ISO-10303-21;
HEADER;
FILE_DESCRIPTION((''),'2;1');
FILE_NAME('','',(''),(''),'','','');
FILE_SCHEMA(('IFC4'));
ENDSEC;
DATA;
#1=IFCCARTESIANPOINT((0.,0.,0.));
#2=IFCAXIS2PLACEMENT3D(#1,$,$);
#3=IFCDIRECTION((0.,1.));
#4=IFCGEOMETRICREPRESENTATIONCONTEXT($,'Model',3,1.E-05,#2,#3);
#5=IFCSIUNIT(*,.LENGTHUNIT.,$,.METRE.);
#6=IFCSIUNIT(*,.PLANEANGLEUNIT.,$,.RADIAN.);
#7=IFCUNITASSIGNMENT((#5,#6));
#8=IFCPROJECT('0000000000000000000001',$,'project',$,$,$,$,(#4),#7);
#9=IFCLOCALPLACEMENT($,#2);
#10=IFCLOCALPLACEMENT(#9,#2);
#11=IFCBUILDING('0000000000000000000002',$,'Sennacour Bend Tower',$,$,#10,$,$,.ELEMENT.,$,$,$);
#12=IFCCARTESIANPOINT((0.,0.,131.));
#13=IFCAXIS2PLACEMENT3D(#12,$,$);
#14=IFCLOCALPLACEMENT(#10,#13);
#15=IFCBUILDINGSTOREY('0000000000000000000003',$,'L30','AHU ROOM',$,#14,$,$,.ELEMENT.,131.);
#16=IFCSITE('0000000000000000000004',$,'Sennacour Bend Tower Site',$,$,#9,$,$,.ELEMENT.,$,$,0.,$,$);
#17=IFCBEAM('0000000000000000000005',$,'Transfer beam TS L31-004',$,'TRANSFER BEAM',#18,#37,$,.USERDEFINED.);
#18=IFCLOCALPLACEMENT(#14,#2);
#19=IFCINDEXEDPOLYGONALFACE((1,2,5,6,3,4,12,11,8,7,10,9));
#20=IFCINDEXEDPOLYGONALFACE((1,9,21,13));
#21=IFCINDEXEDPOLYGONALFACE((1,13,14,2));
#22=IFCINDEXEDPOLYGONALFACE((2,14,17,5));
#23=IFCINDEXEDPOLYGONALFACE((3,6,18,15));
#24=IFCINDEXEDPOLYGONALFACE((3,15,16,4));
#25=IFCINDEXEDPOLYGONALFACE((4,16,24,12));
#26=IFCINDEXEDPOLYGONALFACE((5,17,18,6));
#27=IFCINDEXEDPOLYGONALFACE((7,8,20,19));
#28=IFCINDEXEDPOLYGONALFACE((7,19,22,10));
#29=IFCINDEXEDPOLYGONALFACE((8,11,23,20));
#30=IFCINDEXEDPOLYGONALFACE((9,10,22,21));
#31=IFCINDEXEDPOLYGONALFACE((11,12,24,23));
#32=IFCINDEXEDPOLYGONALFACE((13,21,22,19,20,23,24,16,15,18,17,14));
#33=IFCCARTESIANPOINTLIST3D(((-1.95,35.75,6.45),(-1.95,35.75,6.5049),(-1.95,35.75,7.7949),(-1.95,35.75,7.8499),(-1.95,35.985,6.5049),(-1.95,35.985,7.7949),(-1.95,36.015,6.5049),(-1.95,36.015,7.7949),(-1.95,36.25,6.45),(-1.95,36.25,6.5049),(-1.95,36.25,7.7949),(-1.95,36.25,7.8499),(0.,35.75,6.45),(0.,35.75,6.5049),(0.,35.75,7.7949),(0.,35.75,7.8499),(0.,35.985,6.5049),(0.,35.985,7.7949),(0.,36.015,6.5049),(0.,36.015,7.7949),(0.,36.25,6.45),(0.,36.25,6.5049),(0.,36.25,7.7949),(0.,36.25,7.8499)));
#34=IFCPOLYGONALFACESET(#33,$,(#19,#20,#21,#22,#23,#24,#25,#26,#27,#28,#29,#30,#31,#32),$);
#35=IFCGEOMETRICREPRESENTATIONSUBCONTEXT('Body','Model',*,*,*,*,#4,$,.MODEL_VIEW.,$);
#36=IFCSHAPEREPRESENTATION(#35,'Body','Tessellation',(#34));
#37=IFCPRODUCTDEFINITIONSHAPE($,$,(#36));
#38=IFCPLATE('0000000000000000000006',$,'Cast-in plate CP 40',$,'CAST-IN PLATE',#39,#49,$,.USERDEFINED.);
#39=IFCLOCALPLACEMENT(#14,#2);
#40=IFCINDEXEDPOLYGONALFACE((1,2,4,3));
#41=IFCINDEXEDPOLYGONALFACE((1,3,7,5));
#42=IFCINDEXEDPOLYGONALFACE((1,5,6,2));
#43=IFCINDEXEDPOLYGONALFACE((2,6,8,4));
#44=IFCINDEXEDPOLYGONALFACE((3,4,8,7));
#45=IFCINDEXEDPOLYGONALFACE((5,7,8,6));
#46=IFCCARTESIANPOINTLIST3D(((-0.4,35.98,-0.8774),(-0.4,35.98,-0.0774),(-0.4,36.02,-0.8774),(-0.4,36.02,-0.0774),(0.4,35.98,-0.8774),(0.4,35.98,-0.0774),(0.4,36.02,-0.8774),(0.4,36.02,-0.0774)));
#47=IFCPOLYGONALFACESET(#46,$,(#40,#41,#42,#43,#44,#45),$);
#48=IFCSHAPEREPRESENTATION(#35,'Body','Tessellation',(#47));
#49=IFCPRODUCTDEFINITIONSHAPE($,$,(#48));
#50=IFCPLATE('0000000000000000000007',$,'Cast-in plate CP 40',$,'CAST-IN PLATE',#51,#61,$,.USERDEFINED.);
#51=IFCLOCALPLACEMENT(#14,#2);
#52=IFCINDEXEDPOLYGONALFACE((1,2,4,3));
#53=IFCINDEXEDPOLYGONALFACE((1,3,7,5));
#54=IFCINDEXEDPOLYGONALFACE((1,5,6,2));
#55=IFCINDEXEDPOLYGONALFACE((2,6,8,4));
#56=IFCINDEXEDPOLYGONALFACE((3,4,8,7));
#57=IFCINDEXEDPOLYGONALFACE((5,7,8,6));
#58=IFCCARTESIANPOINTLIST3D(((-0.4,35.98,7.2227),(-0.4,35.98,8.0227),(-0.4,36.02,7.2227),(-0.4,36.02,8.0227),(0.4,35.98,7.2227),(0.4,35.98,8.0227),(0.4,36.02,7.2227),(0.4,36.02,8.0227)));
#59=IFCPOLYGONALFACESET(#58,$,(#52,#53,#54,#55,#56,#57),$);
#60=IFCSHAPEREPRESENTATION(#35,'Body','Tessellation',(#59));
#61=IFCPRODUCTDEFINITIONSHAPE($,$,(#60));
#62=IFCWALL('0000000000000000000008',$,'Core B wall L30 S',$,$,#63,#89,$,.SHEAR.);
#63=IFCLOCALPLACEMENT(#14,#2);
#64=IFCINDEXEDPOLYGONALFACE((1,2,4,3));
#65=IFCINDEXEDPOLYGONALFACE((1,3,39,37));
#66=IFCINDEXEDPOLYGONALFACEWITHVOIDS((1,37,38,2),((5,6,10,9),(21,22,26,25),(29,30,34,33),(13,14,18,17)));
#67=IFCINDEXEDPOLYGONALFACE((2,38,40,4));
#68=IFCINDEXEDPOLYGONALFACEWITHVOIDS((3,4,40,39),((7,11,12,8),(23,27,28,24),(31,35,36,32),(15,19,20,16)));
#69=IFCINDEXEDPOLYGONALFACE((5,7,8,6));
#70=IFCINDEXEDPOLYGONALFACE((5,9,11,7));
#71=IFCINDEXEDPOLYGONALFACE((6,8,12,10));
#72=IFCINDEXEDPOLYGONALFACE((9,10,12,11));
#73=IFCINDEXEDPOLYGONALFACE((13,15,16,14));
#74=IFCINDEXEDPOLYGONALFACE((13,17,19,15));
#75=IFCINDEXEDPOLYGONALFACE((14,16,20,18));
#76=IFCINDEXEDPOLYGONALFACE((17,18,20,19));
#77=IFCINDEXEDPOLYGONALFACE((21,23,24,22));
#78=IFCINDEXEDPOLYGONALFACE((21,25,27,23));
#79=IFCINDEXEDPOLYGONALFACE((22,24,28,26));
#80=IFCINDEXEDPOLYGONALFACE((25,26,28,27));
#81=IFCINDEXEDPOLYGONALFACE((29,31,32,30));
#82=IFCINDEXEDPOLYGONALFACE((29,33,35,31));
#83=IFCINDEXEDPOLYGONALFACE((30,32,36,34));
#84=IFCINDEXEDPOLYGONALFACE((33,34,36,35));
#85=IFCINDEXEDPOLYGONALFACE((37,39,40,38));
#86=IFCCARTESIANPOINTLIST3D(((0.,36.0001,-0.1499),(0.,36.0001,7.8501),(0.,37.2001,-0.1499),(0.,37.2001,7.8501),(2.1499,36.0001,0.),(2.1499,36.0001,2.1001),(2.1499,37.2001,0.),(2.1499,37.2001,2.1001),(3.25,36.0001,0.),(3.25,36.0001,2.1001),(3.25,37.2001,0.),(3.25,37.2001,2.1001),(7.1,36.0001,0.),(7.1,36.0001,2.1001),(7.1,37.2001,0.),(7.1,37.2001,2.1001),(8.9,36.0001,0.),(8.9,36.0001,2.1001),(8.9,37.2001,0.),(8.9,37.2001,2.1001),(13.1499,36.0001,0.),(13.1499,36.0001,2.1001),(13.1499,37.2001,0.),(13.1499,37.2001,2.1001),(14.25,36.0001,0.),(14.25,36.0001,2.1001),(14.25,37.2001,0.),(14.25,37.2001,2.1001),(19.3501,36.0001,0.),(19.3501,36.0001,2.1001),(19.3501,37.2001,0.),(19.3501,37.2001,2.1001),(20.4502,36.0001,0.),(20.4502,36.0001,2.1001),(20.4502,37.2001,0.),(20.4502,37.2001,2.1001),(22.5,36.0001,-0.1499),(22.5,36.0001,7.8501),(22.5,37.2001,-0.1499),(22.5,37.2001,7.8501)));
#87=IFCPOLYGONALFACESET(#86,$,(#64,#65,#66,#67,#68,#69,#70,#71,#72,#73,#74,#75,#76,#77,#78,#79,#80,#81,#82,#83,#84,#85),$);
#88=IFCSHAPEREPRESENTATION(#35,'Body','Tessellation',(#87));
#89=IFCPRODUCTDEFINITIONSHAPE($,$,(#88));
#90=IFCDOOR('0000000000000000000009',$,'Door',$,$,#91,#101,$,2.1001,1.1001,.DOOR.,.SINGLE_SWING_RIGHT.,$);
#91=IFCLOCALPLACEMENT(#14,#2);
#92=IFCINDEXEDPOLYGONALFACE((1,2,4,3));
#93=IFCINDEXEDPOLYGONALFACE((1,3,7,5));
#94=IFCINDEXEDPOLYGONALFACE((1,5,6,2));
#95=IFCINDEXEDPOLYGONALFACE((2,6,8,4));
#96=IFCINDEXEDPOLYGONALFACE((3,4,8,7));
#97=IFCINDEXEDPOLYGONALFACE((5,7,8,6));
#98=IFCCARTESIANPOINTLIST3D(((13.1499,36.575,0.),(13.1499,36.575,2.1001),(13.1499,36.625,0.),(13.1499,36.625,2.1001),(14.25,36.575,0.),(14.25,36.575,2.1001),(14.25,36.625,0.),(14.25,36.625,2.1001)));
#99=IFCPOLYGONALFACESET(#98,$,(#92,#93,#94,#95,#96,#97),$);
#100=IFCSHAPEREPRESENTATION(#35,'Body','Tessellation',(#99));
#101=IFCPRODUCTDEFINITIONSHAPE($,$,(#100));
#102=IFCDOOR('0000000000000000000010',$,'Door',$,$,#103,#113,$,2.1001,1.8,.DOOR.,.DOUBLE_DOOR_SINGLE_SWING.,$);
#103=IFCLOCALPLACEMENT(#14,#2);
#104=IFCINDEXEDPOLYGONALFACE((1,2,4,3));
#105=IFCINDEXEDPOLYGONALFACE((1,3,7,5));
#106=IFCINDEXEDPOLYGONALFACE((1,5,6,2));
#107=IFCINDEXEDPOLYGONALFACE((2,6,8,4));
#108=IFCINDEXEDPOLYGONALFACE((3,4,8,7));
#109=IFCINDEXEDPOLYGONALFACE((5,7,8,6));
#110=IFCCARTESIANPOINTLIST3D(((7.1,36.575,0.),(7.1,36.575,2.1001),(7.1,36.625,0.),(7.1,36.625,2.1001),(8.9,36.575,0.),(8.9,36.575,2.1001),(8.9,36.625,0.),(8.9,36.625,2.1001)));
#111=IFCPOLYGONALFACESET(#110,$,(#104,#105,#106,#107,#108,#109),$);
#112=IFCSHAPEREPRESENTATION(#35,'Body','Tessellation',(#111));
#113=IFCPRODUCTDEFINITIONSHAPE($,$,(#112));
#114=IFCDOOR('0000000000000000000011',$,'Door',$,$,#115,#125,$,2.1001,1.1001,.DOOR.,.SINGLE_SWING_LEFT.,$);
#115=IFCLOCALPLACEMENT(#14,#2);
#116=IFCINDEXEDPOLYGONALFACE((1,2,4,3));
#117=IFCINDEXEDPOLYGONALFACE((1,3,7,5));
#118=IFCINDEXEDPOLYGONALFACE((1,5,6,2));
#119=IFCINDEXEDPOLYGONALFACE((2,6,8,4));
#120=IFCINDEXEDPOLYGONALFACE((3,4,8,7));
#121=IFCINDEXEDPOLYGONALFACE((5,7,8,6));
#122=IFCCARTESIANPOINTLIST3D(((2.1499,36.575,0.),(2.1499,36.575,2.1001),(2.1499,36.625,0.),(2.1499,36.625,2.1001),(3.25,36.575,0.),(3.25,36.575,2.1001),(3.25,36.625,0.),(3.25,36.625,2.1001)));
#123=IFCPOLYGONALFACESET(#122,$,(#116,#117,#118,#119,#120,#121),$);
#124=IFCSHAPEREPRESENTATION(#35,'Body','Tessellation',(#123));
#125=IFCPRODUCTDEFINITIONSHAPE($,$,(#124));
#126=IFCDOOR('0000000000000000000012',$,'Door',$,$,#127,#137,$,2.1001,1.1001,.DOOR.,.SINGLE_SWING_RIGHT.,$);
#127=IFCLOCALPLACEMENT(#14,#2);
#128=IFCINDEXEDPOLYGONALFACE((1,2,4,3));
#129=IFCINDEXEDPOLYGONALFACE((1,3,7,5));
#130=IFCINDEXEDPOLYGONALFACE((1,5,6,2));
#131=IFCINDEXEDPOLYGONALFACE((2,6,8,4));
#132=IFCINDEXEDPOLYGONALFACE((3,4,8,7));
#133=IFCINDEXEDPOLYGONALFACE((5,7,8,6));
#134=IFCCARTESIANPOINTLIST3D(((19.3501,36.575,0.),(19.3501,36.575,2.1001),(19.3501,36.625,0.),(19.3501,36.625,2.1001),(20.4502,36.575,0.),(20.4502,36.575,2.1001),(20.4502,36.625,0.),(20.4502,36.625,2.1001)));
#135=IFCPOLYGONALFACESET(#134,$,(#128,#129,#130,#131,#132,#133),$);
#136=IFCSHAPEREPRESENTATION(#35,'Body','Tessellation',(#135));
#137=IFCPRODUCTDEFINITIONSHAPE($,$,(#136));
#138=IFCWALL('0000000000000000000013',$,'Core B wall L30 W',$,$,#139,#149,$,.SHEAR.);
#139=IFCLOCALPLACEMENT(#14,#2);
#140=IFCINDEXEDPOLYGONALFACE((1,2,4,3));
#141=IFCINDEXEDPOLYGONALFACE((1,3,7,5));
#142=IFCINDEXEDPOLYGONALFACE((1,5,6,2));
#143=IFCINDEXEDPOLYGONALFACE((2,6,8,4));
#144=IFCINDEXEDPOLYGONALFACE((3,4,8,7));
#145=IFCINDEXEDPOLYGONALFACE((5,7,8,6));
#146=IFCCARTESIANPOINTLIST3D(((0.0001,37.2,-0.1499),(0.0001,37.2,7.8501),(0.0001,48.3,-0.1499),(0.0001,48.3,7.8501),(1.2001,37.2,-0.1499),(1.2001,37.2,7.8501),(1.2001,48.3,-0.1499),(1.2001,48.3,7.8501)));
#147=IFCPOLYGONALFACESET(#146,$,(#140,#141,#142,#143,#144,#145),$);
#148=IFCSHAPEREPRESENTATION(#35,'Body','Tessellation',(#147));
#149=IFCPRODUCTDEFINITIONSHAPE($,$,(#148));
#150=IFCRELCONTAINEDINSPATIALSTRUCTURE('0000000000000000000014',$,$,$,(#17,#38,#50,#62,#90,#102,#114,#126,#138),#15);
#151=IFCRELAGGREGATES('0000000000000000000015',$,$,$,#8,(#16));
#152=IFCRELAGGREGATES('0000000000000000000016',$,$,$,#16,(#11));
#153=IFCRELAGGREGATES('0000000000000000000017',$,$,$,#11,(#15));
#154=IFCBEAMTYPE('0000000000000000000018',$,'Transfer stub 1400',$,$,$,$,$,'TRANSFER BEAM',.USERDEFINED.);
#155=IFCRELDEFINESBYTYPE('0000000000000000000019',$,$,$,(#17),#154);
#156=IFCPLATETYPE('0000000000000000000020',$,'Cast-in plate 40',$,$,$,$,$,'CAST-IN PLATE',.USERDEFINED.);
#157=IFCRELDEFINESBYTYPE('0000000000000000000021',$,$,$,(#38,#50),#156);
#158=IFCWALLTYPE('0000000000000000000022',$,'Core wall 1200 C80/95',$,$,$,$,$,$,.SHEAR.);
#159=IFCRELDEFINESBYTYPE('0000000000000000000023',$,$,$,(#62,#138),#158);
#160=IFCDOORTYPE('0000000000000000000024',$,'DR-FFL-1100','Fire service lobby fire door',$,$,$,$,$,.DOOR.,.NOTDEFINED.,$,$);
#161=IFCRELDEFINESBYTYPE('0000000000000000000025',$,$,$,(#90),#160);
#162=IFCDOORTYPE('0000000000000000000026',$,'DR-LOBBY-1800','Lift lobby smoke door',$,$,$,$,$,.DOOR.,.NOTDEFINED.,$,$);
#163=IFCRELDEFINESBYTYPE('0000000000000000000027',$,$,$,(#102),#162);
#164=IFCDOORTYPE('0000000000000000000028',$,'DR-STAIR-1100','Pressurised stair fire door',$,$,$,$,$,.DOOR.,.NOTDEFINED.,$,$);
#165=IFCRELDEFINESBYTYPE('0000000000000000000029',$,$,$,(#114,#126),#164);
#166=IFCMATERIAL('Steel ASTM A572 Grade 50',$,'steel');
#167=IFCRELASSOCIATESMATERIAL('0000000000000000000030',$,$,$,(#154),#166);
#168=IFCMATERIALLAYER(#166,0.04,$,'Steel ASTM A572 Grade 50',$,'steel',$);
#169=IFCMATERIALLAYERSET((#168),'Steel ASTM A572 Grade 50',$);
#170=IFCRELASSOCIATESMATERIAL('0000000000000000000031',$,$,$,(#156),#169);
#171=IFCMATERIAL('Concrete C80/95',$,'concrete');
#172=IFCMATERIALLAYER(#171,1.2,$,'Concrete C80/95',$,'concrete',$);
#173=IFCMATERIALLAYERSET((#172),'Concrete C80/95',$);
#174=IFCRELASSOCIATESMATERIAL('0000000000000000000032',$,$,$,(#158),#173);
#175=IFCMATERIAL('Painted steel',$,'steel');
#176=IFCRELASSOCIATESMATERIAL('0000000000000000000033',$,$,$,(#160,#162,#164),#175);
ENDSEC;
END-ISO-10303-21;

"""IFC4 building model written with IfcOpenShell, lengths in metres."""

from ifc_helpers import new_model, si_unit, direction, frame, frame_2d, origin, origin_2d, place, context, subcontext, project, spatial, rectangle, i_section, extrude, material, layer, layer_set, material_profile, profile_set, type_object, element, fill, save


model = new_model("IFC4")

# Units and contexts
model_context = context("Model", 3, precision=1e-05, world=origin(), true_north=direction((0.0, 1.0)))
body_context = subcontext(model_context, "Body", "Model", "MODEL_VIEW")
ifc_project = project(units=[si_unit("LENGTHUNIT", "METRE"), si_unit("PLANEANGLEUNIT", "RADIAN")], contexts=[model_context])

# Site, building, storey
site_placement = place(None, origin())
site = spatial("IfcSite", under=ifc_project, at=site_placement, Name="Sennacour Bend Tower Site", CompositionType="ELEMENT", RefElevation=0.0)
building_placement = place(site_placement, origin())
building = spatial("IfcBuilding", under=site, at=building_placement, Name="Sennacour Bend Tower", CompositionType="ELEMENT")
storey_placement = place(building_placement, frame((0.0, 0.0, 131.0)))
storey = spatial("IfcBuildingStorey", under=building, at=storey_placement, Name="L30", Description="AHU ROOM", CompositionType="ELEMENT", Elevation=131.0)

# Beam
ifc_material_1 = material(Name="Steel ASTM A572 Grade 50", Category="steel")
ifc_material_profile = material_profile(ifc_material_1, i_section(OverallWidth=0.5, OverallDepth=1.3999, WebThickness=0.03, FlangeThickness=0.0549, at=origin_2d()), Name="Steel ASTM A572 Grade 50", Category="steel")
ifc_profile_set = profile_set([ifc_material_profile], Name="Steel ASTM A572 Grade 50")
beam_type = type_object("IfcBeamType", Name="Transfer stub 1400", ElementType="TRANSFER BEAM", PredefinedType="USERDEFINED", material=ifc_profile_set)
beam_placement = place(storey_placement, frame((0.0, 36.0, 7.1499), z_axis=(-1.0, 0.0, 0.0), x_axis=(0.0, -1.0, 0.0)))
element("IfcBeam", 1, at=beam_placement, inside=storey, type_object=beam_type, Name="Transfer beam TS L31-004", ObjectType="TRANSFER BEAM", PredefinedType="USERDEFINED", context=body_context, shape_type="SweptSolid", body=[
    extrude(i_section(OverallWidth=0.5, OverallDepth=1.3999, WebThickness=0.03, FlangeThickness=0.0549, at=origin_2d()), origin(), (0.0, 0.0, 1.0), 1.95),
])

# Plates
ifc_layer_1 = layer(ifc_material_1, 0.04, Name="Steel ASTM A572 Grade 50", Category="steel")
ifc_layer_set_1 = layer_set([ifc_layer_1], Name="Steel ASTM A572 Grade 50")
plate_type = type_object("IfcPlateType", Name="Cast-in plate 40", ElementType="CAST-IN PLATE", PredefinedType="USERDEFINED", material=ifc_layer_set_1)
for number, where, z_axis, x_axis, name in (
    (2, (0.0, 36.0, -0.8774), (0.0, 0.0, 1.0), (1.0, 0.0, 0.0), "Cast-in plate CP 40"),
    (3, (0.0, 36.0, 7.2227), (0.0, 0.0, 1.0), (1.0, 0.0, 0.0), "Cast-in plate CP 40"),
):
    element("IfcPlate", number, at=place(storey_placement, frame(where, z_axis=z_axis, x_axis=x_axis)), inside=storey, type_object=plate_type, Name=name, ObjectType="CAST-IN PLATE", PredefinedType="USERDEFINED", context=body_context, shape_type="SweptSolid", body=[
        extrude(rectangle(XDim=0.8, YDim=0.04, at=origin_2d()), origin(), (0.0, 0.0, 1.0), 0.8),
    ])

# Wall, openings, doors
ifc_material_2 = material(Name="Concrete C80/95", Category="concrete")
ifc_layer_2 = layer(ifc_material_2, 1.2, Name="Concrete C80/95", Category="concrete")
ifc_layer_set_2 = layer_set([ifc_layer_2], Name="Concrete C80/95")
wall_type = type_object("IfcWallType", Name="Core wall 1200 C80/95", PredefinedType="SHEAR", material=ifc_layer_set_2)
wall_1_placement = place(storey_placement, frame((0.0, 36.6001, -0.1499), z_axis=(0.0, 0.0, 1.0), x_axis=(1.0, 0.0, 0.0)))
wall_1 = element("IfcWall", 4, at=wall_1_placement, inside=storey, type_object=wall_type, Name="Core B wall L30 S", PredefinedType="SHEAR", context=body_context, shape_type="SweptSolid", body=[
    extrude(rectangle(XDim=22.5, YDim=1.2, at=frame_2d((11.25, 0.0))), origin(), (0.0, 0.0, 1.0), 8.0),
])
opening_1_placement = place(wall_1_placement, frame((7.1001, 0.0, 0.1499)))
opening_1 = element("IfcOpeningElement", 5, at=opening_1_placement, cuts=wall_1, PredefinedType="OPENING", context=body_context, shape_type="SweptSolid", body=[
    extrude(rectangle(XDim=1.8, YDim=2.1001, at=frame_2d((0.8999, 1.05))), frame((0.0, 0.6099, 0.0), z_axis=(0.0, -1.0, 0.0), x_axis=(1.0, 0.0, 0.0)), (0.0, 0.0, 1.0), 1.22),
])
opening_2_placement = place(wall_1_placement, frame((13.1499, 0.0, 0.1499)))
opening_2 = element("IfcOpeningElement", 6, at=opening_2_placement, cuts=wall_1, PredefinedType="OPENING", context=body_context, shape_type="SweptSolid", body=[
    extrude(rectangle(XDim=1.1001, YDim=2.1001, at=frame_2d((0.55, 1.05))), frame((0.0, 0.6099, 0.0), z_axis=(0.0, -1.0, 0.0), x_axis=(1.0, 0.0, 0.0)), (0.0, 0.0, 1.0), 1.22),
])
opening_3_placement = place(wall_1_placement, frame((2.1499, 0.0, 0.1499)))
opening_3 = element("IfcOpeningElement", 7, at=opening_3_placement, cuts=wall_1, PredefinedType="OPENING", context=body_context, shape_type="SweptSolid", body=[
    extrude(rectangle(XDim=1.1001, YDim=2.1001, at=frame_2d((0.55, 1.05))), frame((0.0, 0.6099, 0.0), z_axis=(0.0, -1.0, 0.0), x_axis=(1.0, 0.0, 0.0)), (0.0, 0.0, 1.0), 1.22),
])
opening_4_placement = place(wall_1_placement, frame((19.3501, 0.0, 0.1499)))
opening_4 = element("IfcOpeningElement", 8, at=opening_4_placement, cuts=wall_1, PredefinedType="OPENING", context=body_context, shape_type="SweptSolid", body=[
    extrude(rectangle(XDim=1.1001, YDim=2.1001, at=frame_2d((0.55, 1.05))), frame((0.0, 0.6099, 0.0), z_axis=(0.0, -1.0, 0.0), x_axis=(1.0, 0.0, 0.0)), (0.0, 0.0, 1.0), 1.22),
])
ifc_material_3 = material(Name="Painted steel", Category="steel")
door_type_1 = type_object("IfcDoorType", Name="DR-FFL-1100", Description="Fire service lobby fire door", OperationType="NOTDEFINED", PredefinedType="DOOR", material=ifc_material_3)
door_1_placement = place(opening_2_placement, origin())
door_1 = element("IfcDoor", 9, at=door_1_placement, inside=storey, type_object=door_type_1, Name="Door", OperationType="SINGLE_SWING_RIGHT", OverallHeight=2.1001, OverallWidth=1.1001, PredefinedType="DOOR", context=body_context, shape_type="SweptSolid", body=[
    extrude(rectangle(XDim=1.1001, YDim=2.1001, at=frame_2d((0.55, 1.05))), frame((0.0, 0.0249, 0.0), z_axis=(0.0, -1.0, 0.0), x_axis=(1.0, 0.0, 0.0)), (0.0, 0.0, 1.0), 0.05),
])
fill(opening_2, door_1)
door_type_2 = type_object("IfcDoorType", Name="DR-LOBBY-1800", Description="Lift lobby smoke door", OperationType="NOTDEFINED", PredefinedType="DOOR", material=ifc_material_3)
door_2_placement = place(opening_1_placement, origin())
door_2 = element("IfcDoor", 10, at=door_2_placement, inside=storey, type_object=door_type_2, Name="Door", OperationType="DOUBLE_DOOR_SINGLE_SWING", OverallHeight=2.1001, OverallWidth=1.8, PredefinedType="DOOR", context=body_context, shape_type="SweptSolid", body=[
    extrude(rectangle(XDim=1.8, YDim=2.1001, at=frame_2d((0.8999, 1.05))), frame((0.0, 0.0249, 0.0), z_axis=(0.0, -1.0, 0.0), x_axis=(1.0, 0.0, 0.0)), (0.0, 0.0, 1.0), 0.05),
])
fill(opening_1, door_2)
door_type_3 = type_object("IfcDoorType", Name="DR-STAIR-1100", Description="Pressurised stair fire door", OperationType="NOTDEFINED", PredefinedType="DOOR", material=ifc_material_3)
door_3_placement = place(opening_3_placement, origin())
door_3 = element("IfcDoor", 11, at=door_3_placement, inside=storey, type_object=door_type_3, Name="Door", OperationType="SINGLE_SWING_LEFT", OverallHeight=2.1001, OverallWidth=1.1001, PredefinedType="DOOR", context=body_context, shape_type="SweptSolid", body=[
    extrude(rectangle(XDim=1.1001, YDim=2.1001, at=frame_2d((0.55, 1.05))), frame((0.0, 0.0249, 0.0), z_axis=(0.0, -1.0, 0.0), x_axis=(1.0, 0.0, 0.0)), (0.0, 0.0, 1.0), 0.05),
])
fill(opening_3, door_3)
door_4_placement = place(opening_4_placement, origin())
door_4 = element("IfcDoor", 12, at=door_4_placement, inside=storey, type_object=door_type_3, Name="Door", OperationType="SINGLE_SWING_RIGHT", OverallHeight=2.1001, OverallWidth=1.1001, PredefinedType="DOOR", context=body_context, shape_type="SweptSolid", body=[
    extrude(rectangle(XDim=1.1001, YDim=2.1001, at=frame_2d((0.55, 1.05))), frame((0.0, 0.0249, 0.0), z_axis=(0.0, -1.0, 0.0), x_axis=(1.0, 0.0, 0.0)), (0.0, 0.0, 1.0), 0.05),
])
fill(opening_4, door_4)

# Wall
wall_2_placement = place(storey_placement, frame((0.6001, 37.2, -0.1499), z_axis=(0.0, 0.0, 1.0), x_axis=(0.0, 1.0, 0.0)))
element("IfcWall", 13, at=wall_2_placement, inside=storey, type_object=wall_type, Name="Core B wall L30 W", PredefinedType="SHEAR", context=body_context, shape_type="SweptSolid", body=[
    extrude(rectangle(XDim=11.1001, YDim=1.2, at=frame_2d((5.55, 0.0))), origin(), (0.0, 0.0, 1.0), 8.0),
])

save(model, "model.ifc")
